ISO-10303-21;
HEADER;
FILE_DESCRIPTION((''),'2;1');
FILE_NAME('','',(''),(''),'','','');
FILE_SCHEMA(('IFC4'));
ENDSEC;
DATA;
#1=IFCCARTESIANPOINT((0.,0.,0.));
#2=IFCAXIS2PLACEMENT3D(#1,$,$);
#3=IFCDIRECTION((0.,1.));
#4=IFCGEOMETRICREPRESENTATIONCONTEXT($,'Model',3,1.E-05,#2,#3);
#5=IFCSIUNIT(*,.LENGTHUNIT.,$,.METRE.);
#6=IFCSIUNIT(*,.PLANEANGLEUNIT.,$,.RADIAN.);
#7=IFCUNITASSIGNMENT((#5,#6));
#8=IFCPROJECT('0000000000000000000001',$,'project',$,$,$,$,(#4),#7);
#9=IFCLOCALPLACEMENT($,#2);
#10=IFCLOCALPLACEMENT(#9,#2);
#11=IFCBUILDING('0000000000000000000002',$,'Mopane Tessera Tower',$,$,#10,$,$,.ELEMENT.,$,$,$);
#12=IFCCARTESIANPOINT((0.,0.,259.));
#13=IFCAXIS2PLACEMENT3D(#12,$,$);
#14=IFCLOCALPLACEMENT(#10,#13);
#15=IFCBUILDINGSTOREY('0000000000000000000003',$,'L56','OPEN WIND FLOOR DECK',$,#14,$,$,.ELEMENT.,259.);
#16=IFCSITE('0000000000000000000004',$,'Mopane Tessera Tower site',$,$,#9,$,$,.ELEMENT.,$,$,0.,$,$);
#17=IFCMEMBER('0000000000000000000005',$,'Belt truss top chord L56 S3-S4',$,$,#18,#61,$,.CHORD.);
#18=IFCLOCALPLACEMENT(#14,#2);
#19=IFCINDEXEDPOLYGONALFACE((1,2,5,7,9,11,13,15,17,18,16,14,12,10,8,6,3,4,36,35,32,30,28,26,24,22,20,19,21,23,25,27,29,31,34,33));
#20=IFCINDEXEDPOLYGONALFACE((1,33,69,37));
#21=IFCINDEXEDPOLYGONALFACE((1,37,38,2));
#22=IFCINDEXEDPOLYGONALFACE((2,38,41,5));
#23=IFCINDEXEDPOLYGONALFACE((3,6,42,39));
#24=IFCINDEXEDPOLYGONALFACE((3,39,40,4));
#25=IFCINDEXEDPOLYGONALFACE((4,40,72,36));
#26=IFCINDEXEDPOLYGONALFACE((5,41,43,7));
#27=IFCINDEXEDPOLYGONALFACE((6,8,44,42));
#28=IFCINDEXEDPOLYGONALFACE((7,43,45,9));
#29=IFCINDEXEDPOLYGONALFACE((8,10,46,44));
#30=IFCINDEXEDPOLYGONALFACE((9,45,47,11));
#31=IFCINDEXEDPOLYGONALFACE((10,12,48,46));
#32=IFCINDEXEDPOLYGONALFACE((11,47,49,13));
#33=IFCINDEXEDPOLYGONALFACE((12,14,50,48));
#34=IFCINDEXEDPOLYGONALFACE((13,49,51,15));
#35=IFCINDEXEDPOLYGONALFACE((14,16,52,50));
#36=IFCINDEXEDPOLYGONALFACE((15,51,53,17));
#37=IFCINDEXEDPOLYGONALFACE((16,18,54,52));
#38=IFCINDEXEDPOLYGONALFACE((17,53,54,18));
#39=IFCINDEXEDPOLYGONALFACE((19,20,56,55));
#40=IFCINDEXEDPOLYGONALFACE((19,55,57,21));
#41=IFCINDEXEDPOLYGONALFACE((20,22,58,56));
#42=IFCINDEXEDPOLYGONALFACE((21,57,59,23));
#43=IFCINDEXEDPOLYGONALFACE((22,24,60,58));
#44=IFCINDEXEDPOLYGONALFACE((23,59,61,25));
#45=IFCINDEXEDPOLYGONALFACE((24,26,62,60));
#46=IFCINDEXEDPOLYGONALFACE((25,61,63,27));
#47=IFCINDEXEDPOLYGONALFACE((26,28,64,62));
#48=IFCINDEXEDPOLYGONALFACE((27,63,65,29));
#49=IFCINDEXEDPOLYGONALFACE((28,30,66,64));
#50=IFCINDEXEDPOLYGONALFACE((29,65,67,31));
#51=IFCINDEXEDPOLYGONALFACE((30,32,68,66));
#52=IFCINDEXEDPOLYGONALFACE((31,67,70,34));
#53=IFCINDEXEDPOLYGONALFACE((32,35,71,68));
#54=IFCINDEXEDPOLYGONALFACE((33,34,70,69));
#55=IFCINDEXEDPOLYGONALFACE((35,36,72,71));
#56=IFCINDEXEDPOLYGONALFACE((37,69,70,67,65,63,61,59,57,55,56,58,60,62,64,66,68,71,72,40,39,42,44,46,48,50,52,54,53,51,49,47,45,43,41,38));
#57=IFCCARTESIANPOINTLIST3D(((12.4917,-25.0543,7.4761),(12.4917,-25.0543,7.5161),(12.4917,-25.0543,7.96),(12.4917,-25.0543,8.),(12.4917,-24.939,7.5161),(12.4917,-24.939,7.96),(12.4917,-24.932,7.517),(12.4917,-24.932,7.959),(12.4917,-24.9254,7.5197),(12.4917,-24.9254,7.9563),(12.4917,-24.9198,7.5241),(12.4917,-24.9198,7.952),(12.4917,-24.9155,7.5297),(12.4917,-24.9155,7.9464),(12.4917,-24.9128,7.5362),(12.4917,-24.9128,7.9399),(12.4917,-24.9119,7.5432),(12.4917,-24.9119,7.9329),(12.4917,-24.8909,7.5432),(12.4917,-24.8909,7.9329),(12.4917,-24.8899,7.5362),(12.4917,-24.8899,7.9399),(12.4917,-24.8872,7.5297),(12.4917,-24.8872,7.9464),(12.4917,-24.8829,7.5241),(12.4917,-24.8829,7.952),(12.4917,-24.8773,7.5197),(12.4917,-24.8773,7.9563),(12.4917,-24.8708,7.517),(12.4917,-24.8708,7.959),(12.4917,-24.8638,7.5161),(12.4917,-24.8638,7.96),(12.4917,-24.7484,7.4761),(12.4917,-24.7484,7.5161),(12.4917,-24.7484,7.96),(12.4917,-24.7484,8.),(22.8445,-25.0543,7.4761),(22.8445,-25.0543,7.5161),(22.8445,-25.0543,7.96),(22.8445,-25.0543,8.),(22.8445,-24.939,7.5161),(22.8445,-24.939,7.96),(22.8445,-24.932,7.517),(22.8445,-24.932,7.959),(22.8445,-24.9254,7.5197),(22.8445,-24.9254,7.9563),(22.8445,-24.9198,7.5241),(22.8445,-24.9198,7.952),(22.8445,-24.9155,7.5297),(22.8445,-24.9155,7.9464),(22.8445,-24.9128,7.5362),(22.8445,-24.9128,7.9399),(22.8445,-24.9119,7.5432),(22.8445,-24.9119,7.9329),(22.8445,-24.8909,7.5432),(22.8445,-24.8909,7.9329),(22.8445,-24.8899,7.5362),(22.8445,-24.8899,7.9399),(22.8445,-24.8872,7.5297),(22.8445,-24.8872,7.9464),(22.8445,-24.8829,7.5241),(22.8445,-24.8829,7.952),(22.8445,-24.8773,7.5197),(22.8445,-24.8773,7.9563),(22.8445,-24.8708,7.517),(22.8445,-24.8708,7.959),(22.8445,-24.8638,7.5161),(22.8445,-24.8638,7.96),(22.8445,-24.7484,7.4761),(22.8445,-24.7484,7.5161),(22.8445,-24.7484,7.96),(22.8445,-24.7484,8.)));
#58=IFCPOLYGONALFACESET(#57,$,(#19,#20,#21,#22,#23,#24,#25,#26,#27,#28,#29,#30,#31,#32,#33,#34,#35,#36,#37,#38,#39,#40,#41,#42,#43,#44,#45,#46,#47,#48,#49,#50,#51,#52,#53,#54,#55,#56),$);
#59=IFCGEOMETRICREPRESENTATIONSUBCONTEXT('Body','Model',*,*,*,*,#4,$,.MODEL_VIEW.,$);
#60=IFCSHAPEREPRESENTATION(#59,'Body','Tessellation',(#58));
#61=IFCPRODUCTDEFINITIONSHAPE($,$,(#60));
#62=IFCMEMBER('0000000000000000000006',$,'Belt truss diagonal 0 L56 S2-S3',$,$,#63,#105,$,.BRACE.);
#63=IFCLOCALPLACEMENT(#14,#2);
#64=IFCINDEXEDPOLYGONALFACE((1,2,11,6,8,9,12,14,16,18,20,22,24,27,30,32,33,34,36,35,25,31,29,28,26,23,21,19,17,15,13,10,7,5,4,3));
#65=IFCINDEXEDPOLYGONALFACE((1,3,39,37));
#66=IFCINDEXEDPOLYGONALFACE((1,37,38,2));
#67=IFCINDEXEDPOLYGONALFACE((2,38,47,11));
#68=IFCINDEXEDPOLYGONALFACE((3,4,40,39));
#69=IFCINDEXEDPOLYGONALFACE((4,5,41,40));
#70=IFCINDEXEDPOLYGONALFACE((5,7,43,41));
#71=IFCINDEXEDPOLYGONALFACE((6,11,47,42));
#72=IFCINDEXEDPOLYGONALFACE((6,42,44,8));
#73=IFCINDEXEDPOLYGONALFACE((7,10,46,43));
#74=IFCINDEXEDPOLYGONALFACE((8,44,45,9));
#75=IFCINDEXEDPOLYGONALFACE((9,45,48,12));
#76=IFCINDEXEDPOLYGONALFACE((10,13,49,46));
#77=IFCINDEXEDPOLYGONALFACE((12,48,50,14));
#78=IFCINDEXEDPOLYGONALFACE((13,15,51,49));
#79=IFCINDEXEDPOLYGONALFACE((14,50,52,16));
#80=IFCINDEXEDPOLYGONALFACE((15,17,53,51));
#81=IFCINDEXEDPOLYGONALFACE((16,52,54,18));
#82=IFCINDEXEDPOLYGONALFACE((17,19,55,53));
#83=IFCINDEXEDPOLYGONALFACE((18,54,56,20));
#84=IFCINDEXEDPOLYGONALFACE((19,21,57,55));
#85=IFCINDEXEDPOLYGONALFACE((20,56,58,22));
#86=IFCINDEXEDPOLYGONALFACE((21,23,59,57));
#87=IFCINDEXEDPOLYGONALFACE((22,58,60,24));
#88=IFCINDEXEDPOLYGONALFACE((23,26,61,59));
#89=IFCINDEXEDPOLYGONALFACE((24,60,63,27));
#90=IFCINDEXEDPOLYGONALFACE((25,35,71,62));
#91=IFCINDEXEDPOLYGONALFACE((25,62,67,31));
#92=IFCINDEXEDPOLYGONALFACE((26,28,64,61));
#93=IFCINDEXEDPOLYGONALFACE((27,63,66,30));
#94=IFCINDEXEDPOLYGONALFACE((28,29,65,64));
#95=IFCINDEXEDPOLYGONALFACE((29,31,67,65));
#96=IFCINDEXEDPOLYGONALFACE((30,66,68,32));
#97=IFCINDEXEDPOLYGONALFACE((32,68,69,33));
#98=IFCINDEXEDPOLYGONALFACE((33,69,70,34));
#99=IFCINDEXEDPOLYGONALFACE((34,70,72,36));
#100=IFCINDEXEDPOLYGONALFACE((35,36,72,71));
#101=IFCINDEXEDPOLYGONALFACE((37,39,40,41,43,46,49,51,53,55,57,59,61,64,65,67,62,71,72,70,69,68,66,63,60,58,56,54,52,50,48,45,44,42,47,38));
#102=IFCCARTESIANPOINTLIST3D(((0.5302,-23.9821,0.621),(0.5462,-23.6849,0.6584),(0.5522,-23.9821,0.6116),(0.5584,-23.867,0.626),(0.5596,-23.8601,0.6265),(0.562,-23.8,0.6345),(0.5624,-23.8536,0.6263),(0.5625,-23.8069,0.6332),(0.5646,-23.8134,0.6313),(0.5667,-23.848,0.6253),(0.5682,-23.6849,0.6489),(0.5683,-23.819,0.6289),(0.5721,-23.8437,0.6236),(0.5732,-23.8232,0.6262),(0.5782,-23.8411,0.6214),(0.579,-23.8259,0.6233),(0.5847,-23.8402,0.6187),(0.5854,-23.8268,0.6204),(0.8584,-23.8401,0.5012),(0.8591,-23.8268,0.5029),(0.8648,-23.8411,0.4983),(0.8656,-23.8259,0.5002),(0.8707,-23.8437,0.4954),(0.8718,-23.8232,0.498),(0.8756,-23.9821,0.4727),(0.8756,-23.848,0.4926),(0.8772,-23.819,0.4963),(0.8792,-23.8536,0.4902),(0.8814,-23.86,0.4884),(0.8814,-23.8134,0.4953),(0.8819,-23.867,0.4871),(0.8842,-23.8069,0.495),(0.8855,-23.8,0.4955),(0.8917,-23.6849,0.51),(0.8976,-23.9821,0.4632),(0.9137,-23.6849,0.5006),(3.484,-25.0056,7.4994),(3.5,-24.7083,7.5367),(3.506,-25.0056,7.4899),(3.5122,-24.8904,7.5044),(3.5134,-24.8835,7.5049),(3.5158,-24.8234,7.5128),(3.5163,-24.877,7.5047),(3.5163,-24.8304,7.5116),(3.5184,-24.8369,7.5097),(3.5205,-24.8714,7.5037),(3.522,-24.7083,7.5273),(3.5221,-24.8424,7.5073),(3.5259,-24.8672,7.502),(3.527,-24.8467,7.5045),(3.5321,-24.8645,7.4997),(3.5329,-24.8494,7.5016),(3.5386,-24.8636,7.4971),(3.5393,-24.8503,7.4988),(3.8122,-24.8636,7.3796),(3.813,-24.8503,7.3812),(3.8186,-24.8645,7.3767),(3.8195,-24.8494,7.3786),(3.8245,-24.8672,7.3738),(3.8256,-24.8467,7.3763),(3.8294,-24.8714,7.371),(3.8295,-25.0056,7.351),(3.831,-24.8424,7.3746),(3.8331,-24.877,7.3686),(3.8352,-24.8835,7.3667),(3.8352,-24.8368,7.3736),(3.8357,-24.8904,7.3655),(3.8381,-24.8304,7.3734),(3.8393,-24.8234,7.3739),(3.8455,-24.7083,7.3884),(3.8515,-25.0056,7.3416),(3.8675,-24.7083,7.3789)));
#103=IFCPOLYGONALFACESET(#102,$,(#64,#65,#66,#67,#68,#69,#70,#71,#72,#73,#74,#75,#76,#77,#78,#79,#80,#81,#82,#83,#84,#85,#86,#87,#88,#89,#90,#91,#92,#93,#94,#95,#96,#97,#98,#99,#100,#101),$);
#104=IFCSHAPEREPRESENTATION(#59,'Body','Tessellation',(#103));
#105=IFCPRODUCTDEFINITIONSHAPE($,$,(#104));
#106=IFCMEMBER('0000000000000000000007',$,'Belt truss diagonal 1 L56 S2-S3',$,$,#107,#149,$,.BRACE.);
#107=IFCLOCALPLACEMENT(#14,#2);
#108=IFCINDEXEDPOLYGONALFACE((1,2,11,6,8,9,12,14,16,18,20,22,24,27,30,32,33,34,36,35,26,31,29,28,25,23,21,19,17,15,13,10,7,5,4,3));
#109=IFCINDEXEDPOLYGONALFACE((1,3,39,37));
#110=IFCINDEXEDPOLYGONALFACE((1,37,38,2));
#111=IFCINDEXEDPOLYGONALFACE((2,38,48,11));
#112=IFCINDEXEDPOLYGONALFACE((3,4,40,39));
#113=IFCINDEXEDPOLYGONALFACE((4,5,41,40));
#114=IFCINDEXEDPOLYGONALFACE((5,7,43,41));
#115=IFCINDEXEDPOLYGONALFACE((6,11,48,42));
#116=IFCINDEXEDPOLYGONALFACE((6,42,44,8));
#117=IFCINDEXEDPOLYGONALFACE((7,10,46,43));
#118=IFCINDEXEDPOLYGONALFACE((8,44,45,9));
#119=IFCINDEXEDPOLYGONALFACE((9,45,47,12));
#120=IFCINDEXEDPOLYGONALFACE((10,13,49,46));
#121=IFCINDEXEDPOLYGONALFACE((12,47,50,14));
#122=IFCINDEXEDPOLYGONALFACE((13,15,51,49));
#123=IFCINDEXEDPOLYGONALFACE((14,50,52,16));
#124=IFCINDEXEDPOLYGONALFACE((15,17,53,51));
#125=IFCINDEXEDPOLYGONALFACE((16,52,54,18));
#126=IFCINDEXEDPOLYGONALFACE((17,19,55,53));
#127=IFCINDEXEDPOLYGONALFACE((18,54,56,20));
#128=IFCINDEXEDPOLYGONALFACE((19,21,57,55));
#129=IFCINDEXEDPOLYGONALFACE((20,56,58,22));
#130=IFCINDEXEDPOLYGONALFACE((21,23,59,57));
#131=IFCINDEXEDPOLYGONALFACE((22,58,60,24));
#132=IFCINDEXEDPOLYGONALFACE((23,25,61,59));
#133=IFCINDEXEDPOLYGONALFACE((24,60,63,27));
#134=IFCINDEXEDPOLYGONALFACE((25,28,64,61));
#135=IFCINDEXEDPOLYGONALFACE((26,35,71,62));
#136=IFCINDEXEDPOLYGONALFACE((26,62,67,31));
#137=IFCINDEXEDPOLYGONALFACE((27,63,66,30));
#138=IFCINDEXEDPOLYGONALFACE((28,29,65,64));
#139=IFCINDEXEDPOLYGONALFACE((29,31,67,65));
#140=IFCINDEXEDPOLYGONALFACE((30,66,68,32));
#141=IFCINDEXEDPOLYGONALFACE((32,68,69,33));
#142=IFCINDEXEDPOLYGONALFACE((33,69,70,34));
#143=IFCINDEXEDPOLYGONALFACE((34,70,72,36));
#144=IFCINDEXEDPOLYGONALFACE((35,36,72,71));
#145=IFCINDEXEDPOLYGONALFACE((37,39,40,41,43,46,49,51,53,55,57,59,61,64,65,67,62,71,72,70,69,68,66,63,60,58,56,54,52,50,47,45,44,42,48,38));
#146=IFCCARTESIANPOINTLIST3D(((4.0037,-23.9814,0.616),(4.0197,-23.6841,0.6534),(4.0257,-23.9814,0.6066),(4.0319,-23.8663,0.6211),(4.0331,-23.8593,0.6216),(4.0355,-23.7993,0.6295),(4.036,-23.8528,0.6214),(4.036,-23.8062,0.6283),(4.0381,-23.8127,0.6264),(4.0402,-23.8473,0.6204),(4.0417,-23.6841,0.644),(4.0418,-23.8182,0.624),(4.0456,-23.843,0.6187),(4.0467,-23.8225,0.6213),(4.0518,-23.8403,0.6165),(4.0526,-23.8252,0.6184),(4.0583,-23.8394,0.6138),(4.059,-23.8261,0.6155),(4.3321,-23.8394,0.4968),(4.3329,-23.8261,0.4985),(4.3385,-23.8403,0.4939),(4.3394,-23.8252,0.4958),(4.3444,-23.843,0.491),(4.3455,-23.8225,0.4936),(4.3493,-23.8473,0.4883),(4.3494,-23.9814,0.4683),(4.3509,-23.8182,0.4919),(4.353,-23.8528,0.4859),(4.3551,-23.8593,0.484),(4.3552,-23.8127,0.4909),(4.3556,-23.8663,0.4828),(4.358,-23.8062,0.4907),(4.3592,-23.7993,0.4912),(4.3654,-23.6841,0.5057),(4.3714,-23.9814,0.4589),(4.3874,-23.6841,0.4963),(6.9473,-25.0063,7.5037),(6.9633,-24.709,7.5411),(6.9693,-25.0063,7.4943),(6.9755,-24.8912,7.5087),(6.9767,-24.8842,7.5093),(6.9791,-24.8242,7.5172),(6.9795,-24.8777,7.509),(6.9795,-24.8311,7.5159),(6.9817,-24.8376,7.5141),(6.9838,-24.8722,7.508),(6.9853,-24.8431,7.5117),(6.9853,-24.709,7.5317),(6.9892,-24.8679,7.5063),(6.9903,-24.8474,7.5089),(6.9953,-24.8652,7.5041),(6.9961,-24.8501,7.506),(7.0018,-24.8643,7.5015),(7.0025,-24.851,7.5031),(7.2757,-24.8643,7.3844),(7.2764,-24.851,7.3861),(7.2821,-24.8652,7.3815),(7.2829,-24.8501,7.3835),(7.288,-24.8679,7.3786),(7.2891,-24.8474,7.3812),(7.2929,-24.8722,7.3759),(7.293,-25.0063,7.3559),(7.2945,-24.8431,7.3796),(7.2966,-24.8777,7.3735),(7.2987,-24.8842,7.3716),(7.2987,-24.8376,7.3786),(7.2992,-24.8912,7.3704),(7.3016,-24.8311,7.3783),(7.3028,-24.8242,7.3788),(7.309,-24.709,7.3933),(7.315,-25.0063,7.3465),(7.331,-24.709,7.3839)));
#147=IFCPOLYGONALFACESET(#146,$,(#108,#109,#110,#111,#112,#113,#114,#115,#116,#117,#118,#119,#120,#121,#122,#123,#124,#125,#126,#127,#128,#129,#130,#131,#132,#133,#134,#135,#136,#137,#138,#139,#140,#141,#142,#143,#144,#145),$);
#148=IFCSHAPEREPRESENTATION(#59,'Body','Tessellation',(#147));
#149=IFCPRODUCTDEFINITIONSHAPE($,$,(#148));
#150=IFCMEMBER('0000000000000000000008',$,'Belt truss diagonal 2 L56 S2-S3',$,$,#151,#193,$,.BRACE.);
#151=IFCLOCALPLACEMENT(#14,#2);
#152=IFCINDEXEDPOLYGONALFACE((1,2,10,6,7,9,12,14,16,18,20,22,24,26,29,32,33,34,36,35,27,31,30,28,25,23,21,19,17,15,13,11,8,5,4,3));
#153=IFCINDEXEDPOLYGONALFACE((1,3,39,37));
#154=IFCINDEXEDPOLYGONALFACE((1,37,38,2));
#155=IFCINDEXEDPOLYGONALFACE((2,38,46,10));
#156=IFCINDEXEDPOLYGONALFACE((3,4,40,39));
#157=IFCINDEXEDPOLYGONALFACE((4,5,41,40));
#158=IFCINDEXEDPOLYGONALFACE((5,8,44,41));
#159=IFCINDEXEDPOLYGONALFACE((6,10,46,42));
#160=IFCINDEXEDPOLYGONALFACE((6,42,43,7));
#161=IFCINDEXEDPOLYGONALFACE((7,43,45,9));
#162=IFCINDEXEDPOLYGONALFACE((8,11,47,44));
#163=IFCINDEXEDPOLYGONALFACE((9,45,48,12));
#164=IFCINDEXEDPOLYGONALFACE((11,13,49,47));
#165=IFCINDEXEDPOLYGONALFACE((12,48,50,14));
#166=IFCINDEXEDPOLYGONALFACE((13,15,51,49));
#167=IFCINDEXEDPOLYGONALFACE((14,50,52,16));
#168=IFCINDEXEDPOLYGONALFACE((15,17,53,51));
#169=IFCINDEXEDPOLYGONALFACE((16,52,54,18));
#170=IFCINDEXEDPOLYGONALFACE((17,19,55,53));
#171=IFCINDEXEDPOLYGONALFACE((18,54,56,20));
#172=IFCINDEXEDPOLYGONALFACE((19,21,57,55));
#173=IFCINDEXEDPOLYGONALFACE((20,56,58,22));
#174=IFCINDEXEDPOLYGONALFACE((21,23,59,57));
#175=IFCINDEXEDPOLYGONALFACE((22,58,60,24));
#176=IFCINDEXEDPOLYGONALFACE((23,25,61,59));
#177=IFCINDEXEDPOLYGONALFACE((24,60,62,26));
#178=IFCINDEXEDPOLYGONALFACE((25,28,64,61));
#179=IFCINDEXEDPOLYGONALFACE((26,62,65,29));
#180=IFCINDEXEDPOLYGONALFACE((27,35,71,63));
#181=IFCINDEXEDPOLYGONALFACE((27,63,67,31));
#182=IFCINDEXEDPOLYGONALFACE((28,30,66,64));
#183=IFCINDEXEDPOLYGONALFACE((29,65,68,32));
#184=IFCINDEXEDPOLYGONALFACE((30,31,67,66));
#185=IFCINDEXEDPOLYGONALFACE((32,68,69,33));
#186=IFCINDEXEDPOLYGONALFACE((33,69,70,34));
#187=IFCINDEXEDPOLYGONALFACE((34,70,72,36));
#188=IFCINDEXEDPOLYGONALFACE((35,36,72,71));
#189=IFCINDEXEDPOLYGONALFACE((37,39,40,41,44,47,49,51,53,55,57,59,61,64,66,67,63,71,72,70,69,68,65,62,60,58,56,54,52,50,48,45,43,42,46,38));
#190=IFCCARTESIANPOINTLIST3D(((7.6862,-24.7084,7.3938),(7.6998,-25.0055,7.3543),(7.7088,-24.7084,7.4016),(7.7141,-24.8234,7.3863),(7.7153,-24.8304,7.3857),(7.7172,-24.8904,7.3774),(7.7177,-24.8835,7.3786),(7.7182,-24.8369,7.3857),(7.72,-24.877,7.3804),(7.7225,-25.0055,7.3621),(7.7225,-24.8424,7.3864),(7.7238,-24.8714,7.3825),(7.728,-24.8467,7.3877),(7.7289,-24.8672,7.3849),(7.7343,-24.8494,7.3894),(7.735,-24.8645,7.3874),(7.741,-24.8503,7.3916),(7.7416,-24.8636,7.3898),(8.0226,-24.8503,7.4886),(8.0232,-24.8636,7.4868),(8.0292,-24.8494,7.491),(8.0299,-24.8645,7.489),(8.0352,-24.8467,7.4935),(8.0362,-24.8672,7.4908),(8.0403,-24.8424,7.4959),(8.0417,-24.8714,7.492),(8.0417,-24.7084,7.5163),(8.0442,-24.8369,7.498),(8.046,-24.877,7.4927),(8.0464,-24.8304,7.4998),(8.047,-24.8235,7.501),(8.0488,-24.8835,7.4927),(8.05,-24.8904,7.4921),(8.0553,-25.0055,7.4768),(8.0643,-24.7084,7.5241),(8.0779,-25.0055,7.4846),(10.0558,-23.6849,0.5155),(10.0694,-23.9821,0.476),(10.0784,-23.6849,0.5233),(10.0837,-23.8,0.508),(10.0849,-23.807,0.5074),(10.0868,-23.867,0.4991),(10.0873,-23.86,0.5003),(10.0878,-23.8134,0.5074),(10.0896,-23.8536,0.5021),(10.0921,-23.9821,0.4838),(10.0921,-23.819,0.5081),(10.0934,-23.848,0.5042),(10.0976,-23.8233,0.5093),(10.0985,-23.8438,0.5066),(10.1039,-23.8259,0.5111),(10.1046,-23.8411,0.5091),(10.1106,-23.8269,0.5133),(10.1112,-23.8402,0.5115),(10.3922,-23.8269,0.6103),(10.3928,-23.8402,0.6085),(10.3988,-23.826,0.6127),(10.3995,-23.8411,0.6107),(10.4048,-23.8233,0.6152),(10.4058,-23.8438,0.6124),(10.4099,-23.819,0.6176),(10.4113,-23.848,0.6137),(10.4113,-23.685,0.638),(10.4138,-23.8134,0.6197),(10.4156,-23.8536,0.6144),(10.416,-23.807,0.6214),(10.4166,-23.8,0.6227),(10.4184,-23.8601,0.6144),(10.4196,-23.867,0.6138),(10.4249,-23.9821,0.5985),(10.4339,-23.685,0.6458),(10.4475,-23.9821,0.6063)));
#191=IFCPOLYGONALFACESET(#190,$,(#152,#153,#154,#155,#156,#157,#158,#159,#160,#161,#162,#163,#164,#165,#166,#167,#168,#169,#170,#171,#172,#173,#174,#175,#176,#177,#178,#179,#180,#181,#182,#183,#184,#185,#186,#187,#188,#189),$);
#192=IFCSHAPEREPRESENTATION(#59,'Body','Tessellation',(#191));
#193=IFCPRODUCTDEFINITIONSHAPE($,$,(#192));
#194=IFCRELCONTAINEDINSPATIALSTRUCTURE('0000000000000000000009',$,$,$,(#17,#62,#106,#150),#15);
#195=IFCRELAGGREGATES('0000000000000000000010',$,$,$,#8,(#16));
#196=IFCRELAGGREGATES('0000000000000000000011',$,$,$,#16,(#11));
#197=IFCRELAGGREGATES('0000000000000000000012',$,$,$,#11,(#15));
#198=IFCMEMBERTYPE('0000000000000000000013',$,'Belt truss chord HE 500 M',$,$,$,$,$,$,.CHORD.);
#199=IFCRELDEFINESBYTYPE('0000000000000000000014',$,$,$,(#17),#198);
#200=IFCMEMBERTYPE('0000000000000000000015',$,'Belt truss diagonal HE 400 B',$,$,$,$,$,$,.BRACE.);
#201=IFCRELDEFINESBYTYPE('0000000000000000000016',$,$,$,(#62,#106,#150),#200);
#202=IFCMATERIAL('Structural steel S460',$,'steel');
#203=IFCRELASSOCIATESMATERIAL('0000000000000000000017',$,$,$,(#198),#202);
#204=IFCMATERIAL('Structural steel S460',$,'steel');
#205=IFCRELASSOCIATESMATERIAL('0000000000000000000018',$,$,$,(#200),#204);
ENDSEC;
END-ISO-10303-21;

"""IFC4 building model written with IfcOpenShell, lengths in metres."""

from ifc_helpers import new_model, si_unit, direction, frame, origin, origin_2d, place, context, subcontext, project, spatial, i_section, extrude, material, material_profile, profile_set, type_object, element, save


model = new_model("IFC4")

# Units and contexts
model_context = context("Model", 3, precision=1e-05, world=origin(), true_north=direction((0.0, 1.0)))
body_context = subcontext(model_context, "Body", "Model", "MODEL_VIEW")
ifc_project = project(units=[si_unit("LENGTHUNIT", "METRE"), si_unit("PLANEANGLEUNIT", "RADIAN")], contexts=[model_context])

# Site, building, storey
site_placement = place(None, origin())
site = spatial("IfcSite", under=ifc_project, at=site_placement, Name="Mopane Tessera Tower site", CompositionType="ELEMENT", RefElevation=0.0)
building_placement = place(site_placement, origin())
building = spatial("IfcBuilding", under=site, at=building_placement, Name="Mopane Tessera Tower", CompositionType="ELEMENT")
storey_placement = place(building_placement, frame((0.0, 0.0, 259.0)))
storey = spatial("IfcBuildingStorey", under=building, at=storey_placement, Name="L56", Description="OPEN WIND FLOOR DECK", CompositionType="ELEMENT", Elevation=259.0)

# Members
ifc_material_1 = material(Name="Structural steel S460", Category="steel")
ifc_material_profile_1 = material_profile(ifc_material_1, i_section(OverallWidth=0.3059, OverallDepth=0.5239, WebThickness=0.021, FlangeThickness=0.04, FilletRadius=0.0271, at=origin_2d()))
ifc_profile_set_1 = profile_set([ifc_material_profile_1], Name="Structural steel S460")
member_type_1 = type_object("IfcMemberType", Name="Belt truss chord HE 500 M", PredefinedType="CHORD", material=ifc_profile_set_1)
member_1_placement = place(storey_placement, frame((12.4917, -24.9014, 7.738), z_axis=(1.0, 0.0, 0.0), x_axis=(0.0, 1.0, 0.0)))
element("IfcMember", 1, at=member_1_placement, inside=storey, type_object=member_type_1, Name="Belt truss top chord L56 S3-S4", PredefinedType="CHORD", context=body_context, shape_type="SweptSolid", body=[
    extrude(i_section(OverallWidth=0.3059, OverallDepth=0.5239, WebThickness=0.021, FlangeThickness=0.04, FilletRadius=0.0271, at=origin_2d()), origin(), (0.0, 0.0, 1.0), 10.3528),
])
ifc_material_2 = material(Name="Structural steel S460", Category="steel")
ifc_material_profile_2 = material_profile(ifc_material_2, i_section(OverallWidth=0.3, OverallDepth=0.3999, WebThickness=0.0134, FlangeThickness=0.0239, FilletRadius=0.0271, at=origin_2d()))
ifc_profile_set_2 = profile_set([ifc_material_profile_2], Name="Structural steel S460")
member_type_2 = type_object("IfcMemberType", Name="Belt truss diagonal HE 400 B", PredefinedType="BRACE", material=ifc_profile_set_2)
member_2_placement = place(storey_placement, frame((0.7219, -23.8335, 0.5608), z_axis=(0.390955, -0.135456, 0.910388), x_axis=(0.053432, 0.990783, 0.124472)))
element("IfcMember", 2, at=member_2_placement, inside=storey, type_object=member_type_2, Name="Belt truss diagonal 0 L56 S2-S3", PredefinedType="BRACE", context=body_context, shape_type="SweptSolid", body=[
    extrude(i_section(OverallWidth=0.3, OverallDepth=0.3999, WebThickness=0.0134, FlangeThickness=0.0239, FilletRadius=0.0271, at=origin_2d()), origin(), (0.0, 0.0, 1.0), 7.5554),
])
member_3_placement = place(storey_placement, frame((4.1956, -23.8328, 0.5562), z_axis=(0.389359, -0.135567, 0.911055), x_axis=(0.053271, 0.990768, 0.124662)))
element("IfcMember", 3, at=member_3_placement, inside=storey, type_object=member_type_2, Name="Belt truss diagonal 1 L56 S2-S3", PredefinedType="BRACE", context=body_context, shape_type="SweptSolid", body=[
    extrude(i_section(OverallWidth=0.3, OverallDepth=0.3999, WebThickness=0.0134, FlangeThickness=0.0239, FilletRadius=0.0271, at=origin_2d()), origin(), (0.0, 0.0, 1.0), 7.5601),
])
member_4_placement = place(storey_placement, frame((7.8821, -24.8569, 7.4392), z_axis=(0.32254, 0.139304, -0.936249), x_axis=(-0.045353, 0.99025, 0.131715)))
element("IfcMember", 4, at=member_4_placement, inside=storey, type_object=member_type_2, Name="Belt truss diagonal 2 L56 S2-S3", PredefinedType="BRACE", context=body_context, shape_type="SweptSolid", body=[
    extrude(i_section(OverallWidth=0.3, OverallDepth=0.3999, WebThickness=0.0134, FlangeThickness=0.0239, FilletRadius=0.0271, at=origin_2d()), origin(), (0.0, 0.0, 1.0), 7.3467),
])

save(model, "model.ifc")
